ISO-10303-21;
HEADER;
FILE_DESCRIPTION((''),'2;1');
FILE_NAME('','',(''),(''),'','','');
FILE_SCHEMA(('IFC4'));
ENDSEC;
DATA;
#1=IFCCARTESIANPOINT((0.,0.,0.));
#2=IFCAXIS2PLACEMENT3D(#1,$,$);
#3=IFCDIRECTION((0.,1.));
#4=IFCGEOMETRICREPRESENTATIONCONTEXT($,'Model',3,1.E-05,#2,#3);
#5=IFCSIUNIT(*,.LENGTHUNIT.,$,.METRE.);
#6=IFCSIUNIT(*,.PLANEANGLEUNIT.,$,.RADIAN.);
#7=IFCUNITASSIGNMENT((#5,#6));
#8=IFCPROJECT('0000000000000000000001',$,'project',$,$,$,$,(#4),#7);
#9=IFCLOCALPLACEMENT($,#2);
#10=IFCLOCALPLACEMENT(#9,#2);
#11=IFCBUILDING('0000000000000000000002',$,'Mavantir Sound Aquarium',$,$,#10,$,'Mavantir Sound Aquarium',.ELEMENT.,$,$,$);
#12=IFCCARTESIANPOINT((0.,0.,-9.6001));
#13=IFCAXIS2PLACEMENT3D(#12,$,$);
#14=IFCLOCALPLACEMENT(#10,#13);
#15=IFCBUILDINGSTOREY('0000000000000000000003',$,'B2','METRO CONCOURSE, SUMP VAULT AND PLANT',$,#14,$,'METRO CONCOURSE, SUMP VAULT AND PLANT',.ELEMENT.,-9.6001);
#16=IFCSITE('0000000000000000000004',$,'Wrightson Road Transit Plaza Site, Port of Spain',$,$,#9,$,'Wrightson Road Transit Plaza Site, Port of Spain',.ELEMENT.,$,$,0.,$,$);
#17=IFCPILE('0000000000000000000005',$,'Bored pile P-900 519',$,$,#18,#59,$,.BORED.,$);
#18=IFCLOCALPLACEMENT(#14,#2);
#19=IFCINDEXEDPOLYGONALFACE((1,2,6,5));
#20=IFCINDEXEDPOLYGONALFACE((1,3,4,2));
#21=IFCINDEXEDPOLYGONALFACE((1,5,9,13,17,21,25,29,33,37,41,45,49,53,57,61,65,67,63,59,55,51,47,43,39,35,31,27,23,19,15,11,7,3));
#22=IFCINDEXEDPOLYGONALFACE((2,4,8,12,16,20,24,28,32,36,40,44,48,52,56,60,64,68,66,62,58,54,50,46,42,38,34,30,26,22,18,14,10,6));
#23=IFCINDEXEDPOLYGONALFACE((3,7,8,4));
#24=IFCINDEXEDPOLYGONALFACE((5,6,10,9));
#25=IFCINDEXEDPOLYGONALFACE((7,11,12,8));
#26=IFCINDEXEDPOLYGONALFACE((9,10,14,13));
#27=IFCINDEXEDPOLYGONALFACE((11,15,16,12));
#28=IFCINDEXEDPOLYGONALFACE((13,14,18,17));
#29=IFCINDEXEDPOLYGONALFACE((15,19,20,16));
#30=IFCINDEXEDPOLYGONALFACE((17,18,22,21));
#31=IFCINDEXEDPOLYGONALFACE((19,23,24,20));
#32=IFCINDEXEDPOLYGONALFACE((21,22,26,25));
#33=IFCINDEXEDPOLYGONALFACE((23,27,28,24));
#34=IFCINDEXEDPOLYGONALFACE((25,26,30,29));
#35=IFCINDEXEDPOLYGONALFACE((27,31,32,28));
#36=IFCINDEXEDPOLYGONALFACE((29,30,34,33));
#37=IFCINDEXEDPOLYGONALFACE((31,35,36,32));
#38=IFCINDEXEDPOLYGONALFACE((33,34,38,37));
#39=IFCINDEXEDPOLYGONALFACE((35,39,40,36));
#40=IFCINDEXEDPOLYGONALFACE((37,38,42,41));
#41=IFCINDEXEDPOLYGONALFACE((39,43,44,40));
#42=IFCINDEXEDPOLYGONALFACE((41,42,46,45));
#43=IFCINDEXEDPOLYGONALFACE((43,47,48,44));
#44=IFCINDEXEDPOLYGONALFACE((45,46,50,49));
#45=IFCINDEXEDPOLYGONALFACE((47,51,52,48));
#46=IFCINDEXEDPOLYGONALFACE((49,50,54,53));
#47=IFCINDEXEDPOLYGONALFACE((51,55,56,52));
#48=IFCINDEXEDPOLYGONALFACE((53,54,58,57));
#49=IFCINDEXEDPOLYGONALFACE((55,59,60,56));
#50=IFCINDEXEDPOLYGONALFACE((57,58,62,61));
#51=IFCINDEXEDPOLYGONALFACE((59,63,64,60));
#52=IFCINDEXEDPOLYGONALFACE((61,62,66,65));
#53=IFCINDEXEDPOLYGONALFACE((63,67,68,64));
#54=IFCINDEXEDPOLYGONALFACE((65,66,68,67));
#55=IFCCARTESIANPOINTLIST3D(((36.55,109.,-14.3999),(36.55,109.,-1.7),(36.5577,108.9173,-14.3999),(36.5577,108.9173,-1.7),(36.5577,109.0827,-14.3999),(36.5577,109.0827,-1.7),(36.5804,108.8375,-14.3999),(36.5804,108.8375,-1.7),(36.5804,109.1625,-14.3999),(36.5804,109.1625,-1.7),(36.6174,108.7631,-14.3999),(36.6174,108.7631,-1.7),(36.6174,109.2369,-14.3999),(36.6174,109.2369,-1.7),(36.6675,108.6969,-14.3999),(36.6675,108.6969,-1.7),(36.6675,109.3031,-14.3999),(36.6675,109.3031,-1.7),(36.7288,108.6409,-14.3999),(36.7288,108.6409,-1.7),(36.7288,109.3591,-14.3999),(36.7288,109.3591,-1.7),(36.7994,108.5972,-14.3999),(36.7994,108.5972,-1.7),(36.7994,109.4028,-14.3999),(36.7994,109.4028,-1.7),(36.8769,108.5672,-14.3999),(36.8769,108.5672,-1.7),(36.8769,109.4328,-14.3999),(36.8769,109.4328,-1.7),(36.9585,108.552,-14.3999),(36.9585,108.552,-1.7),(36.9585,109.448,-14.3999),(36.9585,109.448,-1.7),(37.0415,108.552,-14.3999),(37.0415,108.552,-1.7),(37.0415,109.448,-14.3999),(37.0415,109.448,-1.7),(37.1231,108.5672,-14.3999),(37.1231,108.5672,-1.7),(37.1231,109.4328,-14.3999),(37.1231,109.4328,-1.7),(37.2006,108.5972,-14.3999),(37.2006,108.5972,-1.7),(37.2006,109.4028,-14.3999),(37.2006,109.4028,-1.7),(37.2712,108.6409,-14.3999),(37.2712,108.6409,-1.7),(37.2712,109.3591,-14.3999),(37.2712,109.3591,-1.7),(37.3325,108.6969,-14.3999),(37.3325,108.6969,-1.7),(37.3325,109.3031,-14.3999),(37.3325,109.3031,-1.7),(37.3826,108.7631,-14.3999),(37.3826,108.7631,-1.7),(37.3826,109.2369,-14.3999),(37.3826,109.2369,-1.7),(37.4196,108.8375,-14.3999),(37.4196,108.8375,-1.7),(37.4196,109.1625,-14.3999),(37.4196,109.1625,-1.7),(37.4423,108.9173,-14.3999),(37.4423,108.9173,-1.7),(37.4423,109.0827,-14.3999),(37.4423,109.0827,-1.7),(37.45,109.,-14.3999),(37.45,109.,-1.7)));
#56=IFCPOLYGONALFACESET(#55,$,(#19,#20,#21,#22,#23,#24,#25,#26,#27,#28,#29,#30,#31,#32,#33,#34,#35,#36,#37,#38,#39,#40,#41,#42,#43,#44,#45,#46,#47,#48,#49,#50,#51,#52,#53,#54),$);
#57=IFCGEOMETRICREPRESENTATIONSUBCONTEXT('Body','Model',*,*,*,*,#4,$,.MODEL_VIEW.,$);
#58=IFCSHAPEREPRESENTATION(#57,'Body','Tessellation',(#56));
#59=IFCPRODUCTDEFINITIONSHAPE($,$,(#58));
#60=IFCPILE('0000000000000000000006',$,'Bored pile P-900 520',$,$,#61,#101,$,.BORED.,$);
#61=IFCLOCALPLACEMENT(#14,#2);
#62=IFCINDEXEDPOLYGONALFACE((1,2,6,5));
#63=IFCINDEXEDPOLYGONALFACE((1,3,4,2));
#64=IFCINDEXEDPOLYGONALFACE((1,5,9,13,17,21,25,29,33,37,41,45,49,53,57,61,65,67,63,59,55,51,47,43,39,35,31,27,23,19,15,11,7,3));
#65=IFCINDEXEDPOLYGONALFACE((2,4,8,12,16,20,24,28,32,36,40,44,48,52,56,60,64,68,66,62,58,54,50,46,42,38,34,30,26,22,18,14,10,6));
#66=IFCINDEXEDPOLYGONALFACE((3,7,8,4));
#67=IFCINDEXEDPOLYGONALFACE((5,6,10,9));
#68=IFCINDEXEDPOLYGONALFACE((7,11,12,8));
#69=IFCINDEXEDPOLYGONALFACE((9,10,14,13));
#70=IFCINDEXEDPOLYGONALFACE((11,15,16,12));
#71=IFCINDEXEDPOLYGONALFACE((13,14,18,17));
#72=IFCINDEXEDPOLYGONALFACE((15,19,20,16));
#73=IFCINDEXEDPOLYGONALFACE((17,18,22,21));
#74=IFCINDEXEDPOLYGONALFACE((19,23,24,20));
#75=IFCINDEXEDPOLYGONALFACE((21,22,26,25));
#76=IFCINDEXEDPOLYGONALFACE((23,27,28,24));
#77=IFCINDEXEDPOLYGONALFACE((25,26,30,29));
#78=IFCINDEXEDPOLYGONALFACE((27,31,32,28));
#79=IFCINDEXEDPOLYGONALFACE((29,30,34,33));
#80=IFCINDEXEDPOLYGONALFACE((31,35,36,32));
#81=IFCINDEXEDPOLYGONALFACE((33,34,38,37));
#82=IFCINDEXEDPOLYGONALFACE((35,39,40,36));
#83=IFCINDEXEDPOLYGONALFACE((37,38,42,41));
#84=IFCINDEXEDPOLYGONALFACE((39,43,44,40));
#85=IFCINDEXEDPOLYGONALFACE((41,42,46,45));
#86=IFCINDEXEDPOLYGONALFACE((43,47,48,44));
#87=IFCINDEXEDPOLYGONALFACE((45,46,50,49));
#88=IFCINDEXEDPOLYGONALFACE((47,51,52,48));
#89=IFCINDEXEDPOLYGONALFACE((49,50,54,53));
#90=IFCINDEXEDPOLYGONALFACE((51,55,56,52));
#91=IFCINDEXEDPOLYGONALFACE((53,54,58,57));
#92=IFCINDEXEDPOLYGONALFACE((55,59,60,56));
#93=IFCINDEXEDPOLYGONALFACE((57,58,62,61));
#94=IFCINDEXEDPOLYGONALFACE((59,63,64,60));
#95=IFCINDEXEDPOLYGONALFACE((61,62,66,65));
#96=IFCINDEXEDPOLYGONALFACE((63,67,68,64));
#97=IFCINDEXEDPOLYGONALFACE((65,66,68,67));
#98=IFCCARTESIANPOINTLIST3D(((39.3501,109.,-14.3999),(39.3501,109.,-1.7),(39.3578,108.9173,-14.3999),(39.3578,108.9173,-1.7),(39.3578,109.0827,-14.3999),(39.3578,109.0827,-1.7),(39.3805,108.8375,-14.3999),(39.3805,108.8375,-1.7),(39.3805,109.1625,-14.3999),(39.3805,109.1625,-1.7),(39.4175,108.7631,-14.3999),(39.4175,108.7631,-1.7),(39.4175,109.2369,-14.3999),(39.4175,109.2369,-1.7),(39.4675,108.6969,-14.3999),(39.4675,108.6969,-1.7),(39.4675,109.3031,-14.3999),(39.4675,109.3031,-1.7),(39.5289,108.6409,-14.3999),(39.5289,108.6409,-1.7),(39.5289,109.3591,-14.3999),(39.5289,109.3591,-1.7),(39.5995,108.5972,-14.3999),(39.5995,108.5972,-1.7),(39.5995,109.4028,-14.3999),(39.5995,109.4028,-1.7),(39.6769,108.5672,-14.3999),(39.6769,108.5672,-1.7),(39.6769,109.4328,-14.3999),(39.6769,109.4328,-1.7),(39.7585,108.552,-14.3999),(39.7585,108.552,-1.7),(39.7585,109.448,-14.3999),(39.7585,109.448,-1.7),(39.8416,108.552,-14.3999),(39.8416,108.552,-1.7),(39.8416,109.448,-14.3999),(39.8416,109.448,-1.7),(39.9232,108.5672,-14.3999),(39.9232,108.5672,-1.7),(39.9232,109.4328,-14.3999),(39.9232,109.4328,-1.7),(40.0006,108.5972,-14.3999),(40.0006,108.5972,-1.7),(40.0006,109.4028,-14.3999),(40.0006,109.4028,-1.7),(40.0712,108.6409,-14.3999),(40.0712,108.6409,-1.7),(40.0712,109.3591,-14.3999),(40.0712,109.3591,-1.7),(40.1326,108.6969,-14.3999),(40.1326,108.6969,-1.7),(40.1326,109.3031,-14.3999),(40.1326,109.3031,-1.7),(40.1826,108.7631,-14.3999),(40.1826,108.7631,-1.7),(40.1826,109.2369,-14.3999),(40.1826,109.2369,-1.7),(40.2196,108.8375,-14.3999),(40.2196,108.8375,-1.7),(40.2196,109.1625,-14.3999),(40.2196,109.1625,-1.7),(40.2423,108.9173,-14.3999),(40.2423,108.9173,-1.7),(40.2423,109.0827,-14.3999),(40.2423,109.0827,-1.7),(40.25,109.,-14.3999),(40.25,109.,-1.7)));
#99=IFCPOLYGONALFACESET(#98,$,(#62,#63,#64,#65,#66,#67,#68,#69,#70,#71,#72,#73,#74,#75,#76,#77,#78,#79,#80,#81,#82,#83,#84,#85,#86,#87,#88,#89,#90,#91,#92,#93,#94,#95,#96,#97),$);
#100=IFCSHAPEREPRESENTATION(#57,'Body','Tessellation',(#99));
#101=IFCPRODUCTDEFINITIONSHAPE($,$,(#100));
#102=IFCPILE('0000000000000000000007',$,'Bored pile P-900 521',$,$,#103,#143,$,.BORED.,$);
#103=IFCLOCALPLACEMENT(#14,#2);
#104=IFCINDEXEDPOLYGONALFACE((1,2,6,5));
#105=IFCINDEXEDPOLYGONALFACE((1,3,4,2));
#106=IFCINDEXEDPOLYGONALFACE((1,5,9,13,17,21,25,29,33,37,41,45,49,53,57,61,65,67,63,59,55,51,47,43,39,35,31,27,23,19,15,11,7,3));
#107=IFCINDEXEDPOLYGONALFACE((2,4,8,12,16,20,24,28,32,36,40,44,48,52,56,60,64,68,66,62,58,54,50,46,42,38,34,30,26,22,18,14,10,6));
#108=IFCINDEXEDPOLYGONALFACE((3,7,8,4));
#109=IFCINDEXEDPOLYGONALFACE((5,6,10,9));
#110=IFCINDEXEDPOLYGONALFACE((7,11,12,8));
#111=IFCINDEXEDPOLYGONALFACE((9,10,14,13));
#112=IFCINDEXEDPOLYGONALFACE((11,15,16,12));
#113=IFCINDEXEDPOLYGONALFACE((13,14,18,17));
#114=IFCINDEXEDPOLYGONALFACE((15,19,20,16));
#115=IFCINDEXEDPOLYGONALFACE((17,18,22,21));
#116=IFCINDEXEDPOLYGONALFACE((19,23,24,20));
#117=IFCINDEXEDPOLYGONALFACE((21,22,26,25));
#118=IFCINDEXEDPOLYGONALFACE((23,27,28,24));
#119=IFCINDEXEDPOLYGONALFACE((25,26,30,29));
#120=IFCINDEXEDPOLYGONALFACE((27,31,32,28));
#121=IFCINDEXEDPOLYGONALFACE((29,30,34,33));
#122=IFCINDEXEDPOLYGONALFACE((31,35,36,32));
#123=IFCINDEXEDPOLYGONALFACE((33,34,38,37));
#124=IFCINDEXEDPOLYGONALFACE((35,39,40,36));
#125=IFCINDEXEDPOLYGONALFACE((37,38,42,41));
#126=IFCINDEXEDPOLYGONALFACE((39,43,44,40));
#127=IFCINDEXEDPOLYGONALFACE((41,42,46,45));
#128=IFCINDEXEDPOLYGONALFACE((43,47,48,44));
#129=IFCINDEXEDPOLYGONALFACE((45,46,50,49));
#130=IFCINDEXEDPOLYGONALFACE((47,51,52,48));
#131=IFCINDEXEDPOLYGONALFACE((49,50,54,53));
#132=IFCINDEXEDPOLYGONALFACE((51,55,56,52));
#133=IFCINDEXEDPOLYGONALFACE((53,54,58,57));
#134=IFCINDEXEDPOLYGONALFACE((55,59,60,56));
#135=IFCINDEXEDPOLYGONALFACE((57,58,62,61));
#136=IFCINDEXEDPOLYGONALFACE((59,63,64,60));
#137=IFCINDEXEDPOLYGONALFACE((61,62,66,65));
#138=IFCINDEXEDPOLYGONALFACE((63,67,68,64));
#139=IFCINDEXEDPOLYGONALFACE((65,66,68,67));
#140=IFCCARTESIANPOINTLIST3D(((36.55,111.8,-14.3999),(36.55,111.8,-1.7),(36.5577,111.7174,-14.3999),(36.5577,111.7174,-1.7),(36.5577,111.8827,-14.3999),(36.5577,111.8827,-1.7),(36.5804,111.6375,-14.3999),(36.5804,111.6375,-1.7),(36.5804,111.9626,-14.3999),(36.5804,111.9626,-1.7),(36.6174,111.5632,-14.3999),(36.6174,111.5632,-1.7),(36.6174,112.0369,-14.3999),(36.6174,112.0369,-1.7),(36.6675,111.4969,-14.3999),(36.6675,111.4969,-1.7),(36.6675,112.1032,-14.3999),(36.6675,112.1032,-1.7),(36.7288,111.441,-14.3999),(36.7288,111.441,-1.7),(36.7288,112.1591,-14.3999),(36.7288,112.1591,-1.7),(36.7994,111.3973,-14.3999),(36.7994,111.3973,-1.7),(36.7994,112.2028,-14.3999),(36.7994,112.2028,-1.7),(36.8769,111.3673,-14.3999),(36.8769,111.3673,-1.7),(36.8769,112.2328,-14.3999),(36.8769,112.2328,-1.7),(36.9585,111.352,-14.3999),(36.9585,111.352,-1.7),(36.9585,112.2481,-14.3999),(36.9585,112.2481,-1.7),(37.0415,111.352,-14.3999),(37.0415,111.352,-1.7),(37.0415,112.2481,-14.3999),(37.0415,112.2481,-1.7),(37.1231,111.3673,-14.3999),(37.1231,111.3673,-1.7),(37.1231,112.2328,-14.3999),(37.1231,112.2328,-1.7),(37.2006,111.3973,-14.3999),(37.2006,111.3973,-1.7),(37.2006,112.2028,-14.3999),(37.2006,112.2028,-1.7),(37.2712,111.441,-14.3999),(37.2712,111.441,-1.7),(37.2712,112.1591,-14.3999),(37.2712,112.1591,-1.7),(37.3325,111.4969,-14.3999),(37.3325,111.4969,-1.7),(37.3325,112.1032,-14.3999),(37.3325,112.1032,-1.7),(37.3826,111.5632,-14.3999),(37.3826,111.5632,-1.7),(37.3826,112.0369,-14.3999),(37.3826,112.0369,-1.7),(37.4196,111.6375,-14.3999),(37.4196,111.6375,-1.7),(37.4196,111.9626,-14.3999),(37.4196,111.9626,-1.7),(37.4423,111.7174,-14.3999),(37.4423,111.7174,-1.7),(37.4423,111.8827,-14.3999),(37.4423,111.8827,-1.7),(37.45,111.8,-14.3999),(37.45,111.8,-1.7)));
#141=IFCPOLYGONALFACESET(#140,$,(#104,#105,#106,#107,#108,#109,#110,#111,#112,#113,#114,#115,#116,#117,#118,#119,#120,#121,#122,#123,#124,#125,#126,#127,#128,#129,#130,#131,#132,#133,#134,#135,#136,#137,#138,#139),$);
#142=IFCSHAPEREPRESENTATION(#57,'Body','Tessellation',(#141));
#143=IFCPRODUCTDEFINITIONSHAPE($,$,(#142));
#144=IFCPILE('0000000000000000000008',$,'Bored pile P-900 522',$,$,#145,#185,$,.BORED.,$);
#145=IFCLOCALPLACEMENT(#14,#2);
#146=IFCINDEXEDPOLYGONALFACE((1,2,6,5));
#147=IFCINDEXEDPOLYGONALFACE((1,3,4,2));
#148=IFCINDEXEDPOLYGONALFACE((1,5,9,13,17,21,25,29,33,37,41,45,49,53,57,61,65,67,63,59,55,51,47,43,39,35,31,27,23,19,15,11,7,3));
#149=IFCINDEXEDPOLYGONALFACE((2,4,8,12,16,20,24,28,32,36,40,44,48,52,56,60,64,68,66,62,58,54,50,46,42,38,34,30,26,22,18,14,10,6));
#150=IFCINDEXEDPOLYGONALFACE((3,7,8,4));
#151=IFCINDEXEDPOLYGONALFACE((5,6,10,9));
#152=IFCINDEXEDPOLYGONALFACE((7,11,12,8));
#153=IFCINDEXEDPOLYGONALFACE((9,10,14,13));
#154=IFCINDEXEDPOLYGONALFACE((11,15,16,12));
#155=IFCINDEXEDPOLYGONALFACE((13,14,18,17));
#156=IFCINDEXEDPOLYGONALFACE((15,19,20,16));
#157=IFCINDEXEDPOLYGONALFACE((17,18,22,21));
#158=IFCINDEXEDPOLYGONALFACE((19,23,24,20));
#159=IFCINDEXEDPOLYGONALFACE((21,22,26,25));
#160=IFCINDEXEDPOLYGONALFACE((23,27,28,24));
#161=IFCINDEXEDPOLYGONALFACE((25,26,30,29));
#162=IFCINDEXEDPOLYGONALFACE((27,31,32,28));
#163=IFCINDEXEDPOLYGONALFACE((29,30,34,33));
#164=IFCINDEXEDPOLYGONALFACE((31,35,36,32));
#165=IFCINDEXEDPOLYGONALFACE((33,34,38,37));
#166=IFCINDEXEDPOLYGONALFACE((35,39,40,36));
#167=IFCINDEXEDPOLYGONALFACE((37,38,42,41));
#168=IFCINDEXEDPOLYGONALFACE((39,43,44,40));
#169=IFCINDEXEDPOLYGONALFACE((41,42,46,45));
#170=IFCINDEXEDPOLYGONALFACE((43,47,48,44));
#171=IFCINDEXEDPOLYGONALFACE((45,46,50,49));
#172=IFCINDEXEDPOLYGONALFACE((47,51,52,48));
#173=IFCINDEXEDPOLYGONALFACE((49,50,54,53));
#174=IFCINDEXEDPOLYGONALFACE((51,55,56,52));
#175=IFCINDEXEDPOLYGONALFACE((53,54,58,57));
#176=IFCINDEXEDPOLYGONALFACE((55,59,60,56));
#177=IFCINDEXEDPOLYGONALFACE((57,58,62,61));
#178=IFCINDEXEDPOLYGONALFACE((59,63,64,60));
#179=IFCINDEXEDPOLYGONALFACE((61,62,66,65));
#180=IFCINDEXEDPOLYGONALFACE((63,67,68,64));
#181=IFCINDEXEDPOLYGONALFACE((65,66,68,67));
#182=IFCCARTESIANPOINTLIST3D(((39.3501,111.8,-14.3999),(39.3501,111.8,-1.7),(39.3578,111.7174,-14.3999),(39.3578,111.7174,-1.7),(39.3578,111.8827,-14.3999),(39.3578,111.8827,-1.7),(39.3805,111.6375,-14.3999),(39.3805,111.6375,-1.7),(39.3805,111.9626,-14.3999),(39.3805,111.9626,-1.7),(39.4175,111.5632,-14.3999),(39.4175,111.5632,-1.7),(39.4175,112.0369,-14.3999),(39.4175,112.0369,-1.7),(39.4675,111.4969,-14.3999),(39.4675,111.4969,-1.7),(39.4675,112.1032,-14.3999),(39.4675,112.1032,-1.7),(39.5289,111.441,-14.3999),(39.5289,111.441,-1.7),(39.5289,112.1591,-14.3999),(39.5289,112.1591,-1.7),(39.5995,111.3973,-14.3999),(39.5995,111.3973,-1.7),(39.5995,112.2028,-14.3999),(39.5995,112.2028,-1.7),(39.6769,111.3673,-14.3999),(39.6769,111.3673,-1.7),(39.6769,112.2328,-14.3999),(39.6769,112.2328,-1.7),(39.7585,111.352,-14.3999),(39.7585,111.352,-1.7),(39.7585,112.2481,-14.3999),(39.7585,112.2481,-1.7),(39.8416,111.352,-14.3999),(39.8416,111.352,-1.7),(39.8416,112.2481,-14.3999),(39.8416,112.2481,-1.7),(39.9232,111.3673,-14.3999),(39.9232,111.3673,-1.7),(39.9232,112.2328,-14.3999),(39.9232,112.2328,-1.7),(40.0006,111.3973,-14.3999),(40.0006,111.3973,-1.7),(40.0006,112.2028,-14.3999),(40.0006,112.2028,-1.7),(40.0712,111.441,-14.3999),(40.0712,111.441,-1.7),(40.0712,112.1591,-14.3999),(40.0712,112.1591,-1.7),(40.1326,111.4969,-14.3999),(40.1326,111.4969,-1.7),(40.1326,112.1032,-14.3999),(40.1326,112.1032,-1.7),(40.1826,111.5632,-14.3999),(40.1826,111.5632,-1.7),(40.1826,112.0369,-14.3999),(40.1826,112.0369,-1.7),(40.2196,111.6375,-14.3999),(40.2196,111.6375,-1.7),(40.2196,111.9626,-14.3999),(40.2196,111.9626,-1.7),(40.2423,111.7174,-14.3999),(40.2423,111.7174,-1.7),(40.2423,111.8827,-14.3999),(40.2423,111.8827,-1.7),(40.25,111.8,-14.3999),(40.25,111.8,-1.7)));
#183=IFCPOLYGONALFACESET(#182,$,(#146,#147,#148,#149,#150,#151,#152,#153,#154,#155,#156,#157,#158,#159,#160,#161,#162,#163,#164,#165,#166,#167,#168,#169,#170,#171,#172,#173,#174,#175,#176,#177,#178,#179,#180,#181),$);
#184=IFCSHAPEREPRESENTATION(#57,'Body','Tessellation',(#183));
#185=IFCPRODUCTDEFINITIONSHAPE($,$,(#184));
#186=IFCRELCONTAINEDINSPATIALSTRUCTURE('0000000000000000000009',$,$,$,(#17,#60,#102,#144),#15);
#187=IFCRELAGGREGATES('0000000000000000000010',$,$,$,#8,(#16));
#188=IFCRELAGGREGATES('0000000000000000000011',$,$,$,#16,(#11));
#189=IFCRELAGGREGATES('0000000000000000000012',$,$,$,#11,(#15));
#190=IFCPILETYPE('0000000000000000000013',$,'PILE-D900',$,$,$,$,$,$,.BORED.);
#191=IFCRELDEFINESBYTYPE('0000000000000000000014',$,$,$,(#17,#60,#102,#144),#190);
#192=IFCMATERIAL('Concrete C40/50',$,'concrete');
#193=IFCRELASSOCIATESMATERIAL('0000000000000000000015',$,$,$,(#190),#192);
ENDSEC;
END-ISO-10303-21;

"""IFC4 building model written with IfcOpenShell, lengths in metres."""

from ifc_helpers import new_model, si_unit, direction, frame, origin, origin_2d, place, context, subcontext, project, spatial, circle, extrude, material, material_profile, profile_set, type_object, element, save


model = new_model("IFC4")

# Units and contexts
model_context = context("Model", 3, precision=1e-05, world=origin(), true_north=direction((0.0, 1.0)))
body_context = subcontext(model_context, "Body", "Model", "MODEL_VIEW")
ifc_project = project(units=[si_unit("LENGTHUNIT", "METRE"), si_unit("PLANEANGLEUNIT", "RADIAN")], contexts=[model_context])

# Site, building, storey
site_placement = place(None, origin())
site = spatial("IfcSite", under=ifc_project, at=site_placement, Name="Wrightson Road Transit Plaza Site, Port of Spain", LongName="Wrightson Road Transit Plaza Site, Port of Spain", CompositionType="ELEMENT", RefElevation=0.0)
building_placement = place(site_placement, origin())
building = spatial("IfcBuilding", under=site, at=building_placement, Name="Mavantir Sound Aquarium", LongName="Mavantir Sound Aquarium", CompositionType="ELEMENT")
storey_placement = place(building_placement, frame((0.0, 0.0, -9.6001)))
storey = spatial("IfcBuildingStorey", under=building, at=storey_placement, Name="B2", Description="METRO CONCOURSE, SUMP VAULT AND PLANT", LongName="METRO CONCOURSE, SUMP VAULT AND PLANT", CompositionType="ELEMENT", Elevation=-9.6001)

# Shared definitions
ifc_material_1 = material(Name="Concrete C40/50", Category="concrete")

# Piles
ifc_material_profile_1 = material_profile(ifc_material_1, circle(Radius=0.45, at=origin_2d()), Name="PILE D900")
ifc_profile_set_1 = profile_set([ifc_material_profile_1], Name="Concrete C40/50")
pile_type = type_object("IfcPileType", Name="PILE-D900", PredefinedType="BORED", material=ifc_profile_set_1)
for number, where, z_axis, x_axis, name in (
    (1, (37.0, 109.0, -1.7), (0.0, 0.0, -1.0), (1.0, 0.0, 0.0), "Bored pile P-900 519"),
    (2, (39.8, 109.0, -1.7), (0.0, 0.0, -1.0), (1.0, 0.0, 0.0), "Bored pile P-900 520"),
    (3, (37.0, 111.8, -1.7), (0.0, 0.0, -1.0), (1.0, 0.0, 0.0), "Bored pile P-900 521"),
    (4, (39.8, 111.8, -1.7), (0.0, 0.0, -1.0), (1.0, 0.0, 0.0), "Bored pile P-900 522"),
):
    element("IfcPile", number, at=place(storey_placement, frame(where, z_axis=z_axis, x_axis=x_axis)), inside=storey, type_object=pile_type, Name=name, PredefinedType="BORED", context=body_context, shape_type="SweptSolid", body=[
        extrude(circle(Radius=0.45, at=origin_2d()), origin(), (0.0, 0.0, 1.0), 12.7),
    ])

save(model, "model.ifc")
